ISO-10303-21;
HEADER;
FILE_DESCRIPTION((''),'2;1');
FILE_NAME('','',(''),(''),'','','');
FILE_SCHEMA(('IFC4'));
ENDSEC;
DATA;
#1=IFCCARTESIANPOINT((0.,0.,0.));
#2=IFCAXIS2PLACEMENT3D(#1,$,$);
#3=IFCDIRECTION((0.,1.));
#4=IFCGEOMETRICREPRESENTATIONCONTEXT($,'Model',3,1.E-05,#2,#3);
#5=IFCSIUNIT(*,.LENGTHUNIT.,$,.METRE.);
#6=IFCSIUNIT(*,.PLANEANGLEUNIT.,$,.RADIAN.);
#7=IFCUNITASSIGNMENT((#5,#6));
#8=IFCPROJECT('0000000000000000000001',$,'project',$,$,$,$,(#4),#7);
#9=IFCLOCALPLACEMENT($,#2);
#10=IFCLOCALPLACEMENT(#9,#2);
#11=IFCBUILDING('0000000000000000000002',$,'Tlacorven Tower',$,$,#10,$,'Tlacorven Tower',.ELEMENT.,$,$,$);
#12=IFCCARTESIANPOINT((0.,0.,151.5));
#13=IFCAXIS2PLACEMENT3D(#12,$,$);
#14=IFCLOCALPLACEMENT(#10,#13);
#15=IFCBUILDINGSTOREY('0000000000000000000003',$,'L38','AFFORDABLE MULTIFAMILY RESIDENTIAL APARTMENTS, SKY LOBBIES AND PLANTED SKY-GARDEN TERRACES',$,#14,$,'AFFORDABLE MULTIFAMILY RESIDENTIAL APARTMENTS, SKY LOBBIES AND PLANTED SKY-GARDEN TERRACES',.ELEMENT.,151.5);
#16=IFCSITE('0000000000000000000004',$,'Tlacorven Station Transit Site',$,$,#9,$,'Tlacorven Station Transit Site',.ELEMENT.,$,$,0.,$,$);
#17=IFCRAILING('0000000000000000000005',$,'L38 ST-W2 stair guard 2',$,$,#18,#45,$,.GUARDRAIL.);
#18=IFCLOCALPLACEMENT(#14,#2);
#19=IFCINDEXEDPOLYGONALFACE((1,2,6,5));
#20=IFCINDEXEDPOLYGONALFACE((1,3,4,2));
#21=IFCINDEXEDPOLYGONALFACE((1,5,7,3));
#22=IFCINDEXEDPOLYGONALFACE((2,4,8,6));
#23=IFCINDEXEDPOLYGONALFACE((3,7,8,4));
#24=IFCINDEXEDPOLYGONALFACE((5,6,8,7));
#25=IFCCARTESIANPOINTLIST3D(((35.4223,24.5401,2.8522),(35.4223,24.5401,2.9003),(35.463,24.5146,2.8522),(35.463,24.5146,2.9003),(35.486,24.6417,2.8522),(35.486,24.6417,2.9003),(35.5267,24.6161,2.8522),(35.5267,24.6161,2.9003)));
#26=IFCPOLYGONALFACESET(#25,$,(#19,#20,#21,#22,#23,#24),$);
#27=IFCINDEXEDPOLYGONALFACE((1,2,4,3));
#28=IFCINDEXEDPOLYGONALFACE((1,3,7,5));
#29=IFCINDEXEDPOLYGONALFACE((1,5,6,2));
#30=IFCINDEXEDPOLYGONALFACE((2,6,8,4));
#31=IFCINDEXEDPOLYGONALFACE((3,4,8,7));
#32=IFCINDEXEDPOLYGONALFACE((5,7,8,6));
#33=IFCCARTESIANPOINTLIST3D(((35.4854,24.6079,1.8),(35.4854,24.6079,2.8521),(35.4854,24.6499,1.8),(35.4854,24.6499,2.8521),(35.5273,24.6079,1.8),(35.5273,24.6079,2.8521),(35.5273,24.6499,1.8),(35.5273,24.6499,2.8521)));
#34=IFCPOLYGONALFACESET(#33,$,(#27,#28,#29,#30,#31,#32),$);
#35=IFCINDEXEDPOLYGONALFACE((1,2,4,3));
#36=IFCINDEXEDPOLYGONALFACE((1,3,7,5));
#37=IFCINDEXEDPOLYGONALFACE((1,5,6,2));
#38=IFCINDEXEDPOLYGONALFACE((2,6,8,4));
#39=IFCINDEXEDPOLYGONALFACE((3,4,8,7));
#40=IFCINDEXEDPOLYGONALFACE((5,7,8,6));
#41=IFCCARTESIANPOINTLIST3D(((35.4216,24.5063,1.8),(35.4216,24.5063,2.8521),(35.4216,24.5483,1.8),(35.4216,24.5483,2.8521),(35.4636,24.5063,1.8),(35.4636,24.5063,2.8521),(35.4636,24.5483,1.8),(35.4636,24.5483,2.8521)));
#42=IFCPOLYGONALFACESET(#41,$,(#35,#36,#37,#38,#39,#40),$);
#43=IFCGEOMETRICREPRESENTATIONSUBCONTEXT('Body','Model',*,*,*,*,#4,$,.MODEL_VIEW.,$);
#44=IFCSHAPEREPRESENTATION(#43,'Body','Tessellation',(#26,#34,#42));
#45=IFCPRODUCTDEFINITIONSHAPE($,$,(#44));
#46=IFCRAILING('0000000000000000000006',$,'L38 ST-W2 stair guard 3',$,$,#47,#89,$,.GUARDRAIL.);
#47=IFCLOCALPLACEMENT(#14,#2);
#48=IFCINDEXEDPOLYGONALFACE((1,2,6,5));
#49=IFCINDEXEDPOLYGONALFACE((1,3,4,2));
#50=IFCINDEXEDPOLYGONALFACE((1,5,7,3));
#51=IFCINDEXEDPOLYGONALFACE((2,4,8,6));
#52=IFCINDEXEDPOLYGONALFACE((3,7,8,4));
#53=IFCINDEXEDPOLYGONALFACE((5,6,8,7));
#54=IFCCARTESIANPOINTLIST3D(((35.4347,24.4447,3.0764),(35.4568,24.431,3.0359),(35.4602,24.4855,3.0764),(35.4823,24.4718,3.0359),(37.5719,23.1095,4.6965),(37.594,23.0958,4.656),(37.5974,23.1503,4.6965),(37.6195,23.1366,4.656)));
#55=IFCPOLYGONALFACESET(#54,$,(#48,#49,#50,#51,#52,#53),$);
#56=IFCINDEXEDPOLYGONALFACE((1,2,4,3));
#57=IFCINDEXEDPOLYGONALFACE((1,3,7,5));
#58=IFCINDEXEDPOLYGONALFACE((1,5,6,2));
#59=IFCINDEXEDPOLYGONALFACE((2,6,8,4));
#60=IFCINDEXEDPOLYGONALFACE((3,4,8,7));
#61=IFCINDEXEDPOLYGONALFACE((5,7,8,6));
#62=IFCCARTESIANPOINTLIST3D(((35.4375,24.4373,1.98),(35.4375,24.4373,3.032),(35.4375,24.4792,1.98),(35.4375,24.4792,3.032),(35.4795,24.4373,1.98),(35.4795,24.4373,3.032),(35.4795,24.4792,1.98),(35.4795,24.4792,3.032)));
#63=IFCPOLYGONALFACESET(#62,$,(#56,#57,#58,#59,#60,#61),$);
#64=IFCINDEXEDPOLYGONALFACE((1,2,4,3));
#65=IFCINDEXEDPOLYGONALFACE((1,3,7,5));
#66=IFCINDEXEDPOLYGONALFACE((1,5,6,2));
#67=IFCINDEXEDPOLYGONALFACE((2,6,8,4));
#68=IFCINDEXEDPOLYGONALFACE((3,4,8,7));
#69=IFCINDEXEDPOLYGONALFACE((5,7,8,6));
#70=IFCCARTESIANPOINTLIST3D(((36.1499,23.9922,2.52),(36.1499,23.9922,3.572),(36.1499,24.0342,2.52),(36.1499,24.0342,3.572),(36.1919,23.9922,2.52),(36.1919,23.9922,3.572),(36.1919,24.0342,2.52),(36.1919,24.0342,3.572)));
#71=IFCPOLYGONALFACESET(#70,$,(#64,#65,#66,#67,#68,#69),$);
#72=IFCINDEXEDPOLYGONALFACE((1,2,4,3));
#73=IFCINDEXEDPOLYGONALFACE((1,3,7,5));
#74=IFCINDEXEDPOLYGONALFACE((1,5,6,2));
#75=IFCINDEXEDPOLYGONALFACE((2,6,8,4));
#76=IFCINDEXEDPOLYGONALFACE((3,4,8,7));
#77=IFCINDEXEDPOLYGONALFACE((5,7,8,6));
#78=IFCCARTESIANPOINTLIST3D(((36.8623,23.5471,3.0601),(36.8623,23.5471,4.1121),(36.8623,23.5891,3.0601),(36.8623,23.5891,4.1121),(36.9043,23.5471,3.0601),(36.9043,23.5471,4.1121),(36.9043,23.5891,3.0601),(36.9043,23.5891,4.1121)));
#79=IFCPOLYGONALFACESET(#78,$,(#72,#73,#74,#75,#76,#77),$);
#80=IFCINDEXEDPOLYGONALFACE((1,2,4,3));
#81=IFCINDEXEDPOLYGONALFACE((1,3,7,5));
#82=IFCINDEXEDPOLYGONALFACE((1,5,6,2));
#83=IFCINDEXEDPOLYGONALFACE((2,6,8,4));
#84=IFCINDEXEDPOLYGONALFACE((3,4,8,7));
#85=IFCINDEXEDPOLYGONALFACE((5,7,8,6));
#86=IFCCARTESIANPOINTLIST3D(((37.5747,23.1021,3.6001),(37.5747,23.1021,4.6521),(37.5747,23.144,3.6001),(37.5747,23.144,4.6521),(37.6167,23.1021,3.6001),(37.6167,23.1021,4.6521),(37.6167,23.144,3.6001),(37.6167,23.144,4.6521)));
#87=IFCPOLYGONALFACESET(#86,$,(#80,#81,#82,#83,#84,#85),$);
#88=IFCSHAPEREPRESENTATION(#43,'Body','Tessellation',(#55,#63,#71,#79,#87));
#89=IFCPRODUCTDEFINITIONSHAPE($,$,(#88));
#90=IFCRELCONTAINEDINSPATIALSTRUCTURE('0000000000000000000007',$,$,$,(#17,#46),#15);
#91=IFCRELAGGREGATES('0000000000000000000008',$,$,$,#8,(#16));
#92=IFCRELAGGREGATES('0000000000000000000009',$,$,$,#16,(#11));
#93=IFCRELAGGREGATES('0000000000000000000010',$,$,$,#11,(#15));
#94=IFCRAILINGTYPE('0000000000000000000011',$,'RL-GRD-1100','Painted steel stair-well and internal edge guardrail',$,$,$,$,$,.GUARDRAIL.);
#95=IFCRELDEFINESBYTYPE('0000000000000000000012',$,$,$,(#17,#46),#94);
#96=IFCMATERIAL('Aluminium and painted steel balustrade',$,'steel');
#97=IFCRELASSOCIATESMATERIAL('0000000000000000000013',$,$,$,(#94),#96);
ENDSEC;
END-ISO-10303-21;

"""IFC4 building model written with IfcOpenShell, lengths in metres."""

from ifc_helpers import new_model, si_unit, direction, frame, origin, origin_2d, place, context, subcontext, project, spatial, rectangle, extrude, source, transform, mapped, material, type_object, element, save


model = new_model("IFC4")

# Units and contexts
model_context = context("Model", 3, precision=1e-05, world=origin(), true_north=direction((0.0, 1.0)))
body_context = subcontext(model_context, "Body", "Model", "MODEL_VIEW")
ifc_project = project(units=[si_unit("LENGTHUNIT", "METRE"), si_unit("PLANEANGLEUNIT", "RADIAN")], contexts=[model_context])

# Site, building, storey
site_placement = place(None, origin())
site = spatial("IfcSite", under=ifc_project, at=site_placement, Name="Tlacorven Station Transit Site", LongName="Tlacorven Station Transit Site", CompositionType="ELEMENT", RefElevation=0.0)
building_placement = place(site_placement, origin())
building = spatial("IfcBuilding", under=site, at=building_placement, Name="Tlacorven Tower", LongName="Tlacorven Tower", CompositionType="ELEMENT")
storey_placement = place(building_placement, frame((0.0, 0.0, 151.5)))
storey = spatial("IfcBuildingStorey", under=building, at=storey_placement, Name="L38", Description="AFFORDABLE MULTIFAMILY RESIDENTIAL APARTMENTS, SKY LOBBIES AND PLANTED SKY-GARDEN TERRACES", LongName="AFFORDABLE MULTIFAMILY RESIDENTIAL APARTMENTS, SKY LOBBIES AND PLANTED SKY-GARDEN TERRACES", CompositionType="ELEMENT", Elevation=151.5)

# Railings
ifc_material_1 = material(Name="Aluminium and painted steel balustrade", Category="steel")
railing_type_1 = type_object("IfcRailingType", Name="RL-GRD-1100", Description="Painted steel stair-well and internal edge guardrail", PredefinedType="GUARDRAIL", material=ifc_material_1)
shared_shape_1 = source(origin(), body_context, "Body", "SweptSolid", [
    extrude(rectangle(XDim=0.0481, YDim=0.0481, at=origin_2d()), frame((0.0, 0.0, 1.0762), z_axis=(-0.531462, -0.847082, 0.0), x_axis=(0.847082, -0.531462, 0.0)), (0.0, 0.0, 1.0), 0.1199),
    extrude(rectangle(XDim=0.042, YDim=0.042, at=origin_2d()), origin(), (0.0, 0.0, 1.0), 1.052),
    extrude(rectangle(XDim=0.042, YDim=0.042, at=origin_2d()), frame((-0.0637, -0.1016, 0.0)), (0.0, 0.0, 1.0), 1.052),
])
railing_1_placement = place(storey_placement, frame((35.5063, 24.6289, 1.8)))
element("IfcRailing", 1, at=railing_1_placement, inside=storey, type_object=railing_type_1, Name="L38 ST-W2 stair guard 2", PredefinedType="GUARDRAIL", context=body_context, shape_type="MappedRepresentation", body=[
    mapped(shared_shape_1, transform((0.0, 0.0, 0.0), scale=1.0)),
])
shared_shape_2 = source(origin(), body_context, "Body", "SweptSolid", [
    extrude(rectangle(XDim=0.0481, YDim=0.0481, at=origin_2d()), frame((0.0, 0.0, 1.0762), z_axis=(0.713386, -0.445683, 0.540784), x_axis=(0.529842, 0.848096, 0.0)), (0.0, 0.0, 1.0), 2.9958),
    extrude(rectangle(XDim=0.042, YDim=0.042, at=origin_2d()), origin(), (0.0, 0.0, 1.0), 1.052),
    extrude(rectangle(XDim=0.042, YDim=0.042, at=origin_2d()), frame((0.7124, -0.4451, 0.54)), (0.0, 0.0, 1.0), 1.052),
    extrude(rectangle(XDim=0.042, YDim=0.042, at=origin_2d()), frame((1.4248, -0.8901, 1.0801)), (0.0, 0.0, 1.0), 1.052),
    extrude(rectangle(XDim=0.042, YDim=0.042, at=origin_2d()), frame((2.1372, -1.3352, 1.6201)), (0.0, 0.0, 1.0), 1.052),
])
railing_2_placement = place(storey_placement, frame((35.4585, 24.4583, 1.98)))
element("IfcRailing", 2, at=railing_2_placement, inside=storey, type_object=railing_type_1, Name="L38 ST-W2 stair guard 3", PredefinedType="GUARDRAIL", context=body_context, shape_type="MappedRepresentation", body=[
    mapped(shared_shape_2, transform((0.0, 0.0, 0.0), scale=1.0)),
])

save(model, "model.ifc")
